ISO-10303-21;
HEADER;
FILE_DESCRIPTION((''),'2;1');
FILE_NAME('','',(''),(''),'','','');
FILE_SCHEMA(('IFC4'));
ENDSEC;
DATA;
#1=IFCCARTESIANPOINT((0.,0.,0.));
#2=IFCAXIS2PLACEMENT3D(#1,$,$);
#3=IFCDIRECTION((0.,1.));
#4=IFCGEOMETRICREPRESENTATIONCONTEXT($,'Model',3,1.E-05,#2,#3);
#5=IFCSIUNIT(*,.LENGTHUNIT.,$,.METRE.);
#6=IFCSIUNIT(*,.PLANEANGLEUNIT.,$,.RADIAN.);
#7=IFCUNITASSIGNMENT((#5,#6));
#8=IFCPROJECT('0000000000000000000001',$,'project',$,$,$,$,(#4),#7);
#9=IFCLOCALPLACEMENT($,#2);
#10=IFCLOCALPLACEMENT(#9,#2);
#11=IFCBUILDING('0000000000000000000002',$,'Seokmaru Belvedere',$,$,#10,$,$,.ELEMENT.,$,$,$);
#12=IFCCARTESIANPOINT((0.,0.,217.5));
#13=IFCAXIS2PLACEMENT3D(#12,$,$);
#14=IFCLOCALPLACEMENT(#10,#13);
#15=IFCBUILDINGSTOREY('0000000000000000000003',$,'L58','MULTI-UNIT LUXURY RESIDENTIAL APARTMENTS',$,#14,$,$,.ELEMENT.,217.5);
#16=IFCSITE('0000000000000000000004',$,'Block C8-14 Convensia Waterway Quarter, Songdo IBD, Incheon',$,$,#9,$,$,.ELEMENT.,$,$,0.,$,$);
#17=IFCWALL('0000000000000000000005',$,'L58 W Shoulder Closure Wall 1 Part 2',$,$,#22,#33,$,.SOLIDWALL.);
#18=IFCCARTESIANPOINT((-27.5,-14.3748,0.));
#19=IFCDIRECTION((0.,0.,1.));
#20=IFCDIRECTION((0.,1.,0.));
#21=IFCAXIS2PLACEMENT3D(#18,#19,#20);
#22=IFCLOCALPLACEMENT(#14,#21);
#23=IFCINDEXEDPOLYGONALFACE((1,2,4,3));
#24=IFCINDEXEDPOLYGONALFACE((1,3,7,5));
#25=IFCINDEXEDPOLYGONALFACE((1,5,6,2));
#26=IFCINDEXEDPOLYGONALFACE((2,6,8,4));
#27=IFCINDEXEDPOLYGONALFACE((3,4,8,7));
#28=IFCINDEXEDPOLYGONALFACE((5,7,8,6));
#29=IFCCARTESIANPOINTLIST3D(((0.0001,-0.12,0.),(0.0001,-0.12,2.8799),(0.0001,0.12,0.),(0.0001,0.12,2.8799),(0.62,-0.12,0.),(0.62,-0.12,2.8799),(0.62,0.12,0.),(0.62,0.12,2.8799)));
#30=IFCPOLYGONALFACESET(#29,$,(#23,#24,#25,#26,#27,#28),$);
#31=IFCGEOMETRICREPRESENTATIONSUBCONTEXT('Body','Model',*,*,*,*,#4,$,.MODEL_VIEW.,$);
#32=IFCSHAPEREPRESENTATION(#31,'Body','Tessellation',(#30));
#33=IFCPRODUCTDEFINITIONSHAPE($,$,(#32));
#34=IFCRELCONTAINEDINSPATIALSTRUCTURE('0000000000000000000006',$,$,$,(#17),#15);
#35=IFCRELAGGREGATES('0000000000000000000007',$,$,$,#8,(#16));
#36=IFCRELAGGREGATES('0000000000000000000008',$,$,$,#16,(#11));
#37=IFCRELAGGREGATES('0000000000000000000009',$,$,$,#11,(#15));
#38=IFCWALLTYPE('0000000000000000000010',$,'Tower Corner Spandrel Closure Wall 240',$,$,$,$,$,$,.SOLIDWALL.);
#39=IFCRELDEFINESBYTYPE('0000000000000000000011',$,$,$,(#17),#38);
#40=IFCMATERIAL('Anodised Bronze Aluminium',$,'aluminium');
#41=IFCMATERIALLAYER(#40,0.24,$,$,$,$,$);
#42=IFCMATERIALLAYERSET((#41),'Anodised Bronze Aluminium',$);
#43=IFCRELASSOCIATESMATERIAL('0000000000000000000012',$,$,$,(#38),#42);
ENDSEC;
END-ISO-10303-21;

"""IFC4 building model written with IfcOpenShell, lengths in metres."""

from ifc_helpers import new_model, si_unit, direction, frame, frame_2d, origin, place, context, subcontext, project, spatial, rectangle, extrude, material, layer, layer_set, type_object, element, save


model = new_model("IFC4")

# Units and contexts
model_context = context("Model", 3, precision=1e-05, world=origin(), true_north=direction((0.0, 1.0)))
body_context = subcontext(model_context, "Body", "Model", "MODEL_VIEW")
ifc_project = project(units=[si_unit("LENGTHUNIT", "METRE"), si_unit("PLANEANGLEUNIT", "RADIAN")], contexts=[model_context])

# Site, building, storey
site_placement = place(None, origin())
site = spatial("IfcSite", under=ifc_project, at=site_placement, Name="Block C8-14 Convensia Waterway Quarter, Songdo IBD, Incheon", CompositionType="ELEMENT", RefElevation=0.0)
building_placement = place(site_placement, origin())
building = spatial("IfcBuilding", under=site, at=building_placement, Name="Seokmaru Belvedere", CompositionType="ELEMENT")
storey_placement = place(building_placement, frame((0.0, 0.0, 217.5)))
storey = spatial("IfcBuildingStorey", under=building, at=storey_placement, Name="L58", Description="MULTI-UNIT LUXURY RESIDENTIAL APARTMENTS", CompositionType="ELEMENT", Elevation=217.5)

# Shared definitions
ifc_material_1 = material(Name="Anodised Bronze Aluminium", Category="aluminium")

# Wall
ifc_layer_1 = layer(ifc_material_1, 0.24)
ifc_layer_set_1 = layer_set([ifc_layer_1], Name="Anodised Bronze Aluminium")
wall_type_1 = type_object("IfcWallType", Name="Tower Corner Spandrel Closure Wall 240", PredefinedType="SOLIDWALL", material=ifc_layer_set_1)
wall_1_placement = place(storey_placement, frame((-27.5, -14.3748, 0.0), z_axis=(0.0, 0.0, 1.0), x_axis=(0.0, 1.0, 0.0)))
element("IfcWall", 1, at=wall_1_placement, inside=storey, type_object=wall_type_1, Name="L58 W Shoulder Closure Wall 1 Part 2", PredefinedType="SOLIDWALL", context=body_context, shape_type="SweptSolid", body=[
    extrude(rectangle(XDim=0.6199, YDim=0.24, at=frame_2d((0.3101, 0.0))), origin(), (0.0, 0.0, 1.0), 2.8799),
])

save(model, "model.ifc")
